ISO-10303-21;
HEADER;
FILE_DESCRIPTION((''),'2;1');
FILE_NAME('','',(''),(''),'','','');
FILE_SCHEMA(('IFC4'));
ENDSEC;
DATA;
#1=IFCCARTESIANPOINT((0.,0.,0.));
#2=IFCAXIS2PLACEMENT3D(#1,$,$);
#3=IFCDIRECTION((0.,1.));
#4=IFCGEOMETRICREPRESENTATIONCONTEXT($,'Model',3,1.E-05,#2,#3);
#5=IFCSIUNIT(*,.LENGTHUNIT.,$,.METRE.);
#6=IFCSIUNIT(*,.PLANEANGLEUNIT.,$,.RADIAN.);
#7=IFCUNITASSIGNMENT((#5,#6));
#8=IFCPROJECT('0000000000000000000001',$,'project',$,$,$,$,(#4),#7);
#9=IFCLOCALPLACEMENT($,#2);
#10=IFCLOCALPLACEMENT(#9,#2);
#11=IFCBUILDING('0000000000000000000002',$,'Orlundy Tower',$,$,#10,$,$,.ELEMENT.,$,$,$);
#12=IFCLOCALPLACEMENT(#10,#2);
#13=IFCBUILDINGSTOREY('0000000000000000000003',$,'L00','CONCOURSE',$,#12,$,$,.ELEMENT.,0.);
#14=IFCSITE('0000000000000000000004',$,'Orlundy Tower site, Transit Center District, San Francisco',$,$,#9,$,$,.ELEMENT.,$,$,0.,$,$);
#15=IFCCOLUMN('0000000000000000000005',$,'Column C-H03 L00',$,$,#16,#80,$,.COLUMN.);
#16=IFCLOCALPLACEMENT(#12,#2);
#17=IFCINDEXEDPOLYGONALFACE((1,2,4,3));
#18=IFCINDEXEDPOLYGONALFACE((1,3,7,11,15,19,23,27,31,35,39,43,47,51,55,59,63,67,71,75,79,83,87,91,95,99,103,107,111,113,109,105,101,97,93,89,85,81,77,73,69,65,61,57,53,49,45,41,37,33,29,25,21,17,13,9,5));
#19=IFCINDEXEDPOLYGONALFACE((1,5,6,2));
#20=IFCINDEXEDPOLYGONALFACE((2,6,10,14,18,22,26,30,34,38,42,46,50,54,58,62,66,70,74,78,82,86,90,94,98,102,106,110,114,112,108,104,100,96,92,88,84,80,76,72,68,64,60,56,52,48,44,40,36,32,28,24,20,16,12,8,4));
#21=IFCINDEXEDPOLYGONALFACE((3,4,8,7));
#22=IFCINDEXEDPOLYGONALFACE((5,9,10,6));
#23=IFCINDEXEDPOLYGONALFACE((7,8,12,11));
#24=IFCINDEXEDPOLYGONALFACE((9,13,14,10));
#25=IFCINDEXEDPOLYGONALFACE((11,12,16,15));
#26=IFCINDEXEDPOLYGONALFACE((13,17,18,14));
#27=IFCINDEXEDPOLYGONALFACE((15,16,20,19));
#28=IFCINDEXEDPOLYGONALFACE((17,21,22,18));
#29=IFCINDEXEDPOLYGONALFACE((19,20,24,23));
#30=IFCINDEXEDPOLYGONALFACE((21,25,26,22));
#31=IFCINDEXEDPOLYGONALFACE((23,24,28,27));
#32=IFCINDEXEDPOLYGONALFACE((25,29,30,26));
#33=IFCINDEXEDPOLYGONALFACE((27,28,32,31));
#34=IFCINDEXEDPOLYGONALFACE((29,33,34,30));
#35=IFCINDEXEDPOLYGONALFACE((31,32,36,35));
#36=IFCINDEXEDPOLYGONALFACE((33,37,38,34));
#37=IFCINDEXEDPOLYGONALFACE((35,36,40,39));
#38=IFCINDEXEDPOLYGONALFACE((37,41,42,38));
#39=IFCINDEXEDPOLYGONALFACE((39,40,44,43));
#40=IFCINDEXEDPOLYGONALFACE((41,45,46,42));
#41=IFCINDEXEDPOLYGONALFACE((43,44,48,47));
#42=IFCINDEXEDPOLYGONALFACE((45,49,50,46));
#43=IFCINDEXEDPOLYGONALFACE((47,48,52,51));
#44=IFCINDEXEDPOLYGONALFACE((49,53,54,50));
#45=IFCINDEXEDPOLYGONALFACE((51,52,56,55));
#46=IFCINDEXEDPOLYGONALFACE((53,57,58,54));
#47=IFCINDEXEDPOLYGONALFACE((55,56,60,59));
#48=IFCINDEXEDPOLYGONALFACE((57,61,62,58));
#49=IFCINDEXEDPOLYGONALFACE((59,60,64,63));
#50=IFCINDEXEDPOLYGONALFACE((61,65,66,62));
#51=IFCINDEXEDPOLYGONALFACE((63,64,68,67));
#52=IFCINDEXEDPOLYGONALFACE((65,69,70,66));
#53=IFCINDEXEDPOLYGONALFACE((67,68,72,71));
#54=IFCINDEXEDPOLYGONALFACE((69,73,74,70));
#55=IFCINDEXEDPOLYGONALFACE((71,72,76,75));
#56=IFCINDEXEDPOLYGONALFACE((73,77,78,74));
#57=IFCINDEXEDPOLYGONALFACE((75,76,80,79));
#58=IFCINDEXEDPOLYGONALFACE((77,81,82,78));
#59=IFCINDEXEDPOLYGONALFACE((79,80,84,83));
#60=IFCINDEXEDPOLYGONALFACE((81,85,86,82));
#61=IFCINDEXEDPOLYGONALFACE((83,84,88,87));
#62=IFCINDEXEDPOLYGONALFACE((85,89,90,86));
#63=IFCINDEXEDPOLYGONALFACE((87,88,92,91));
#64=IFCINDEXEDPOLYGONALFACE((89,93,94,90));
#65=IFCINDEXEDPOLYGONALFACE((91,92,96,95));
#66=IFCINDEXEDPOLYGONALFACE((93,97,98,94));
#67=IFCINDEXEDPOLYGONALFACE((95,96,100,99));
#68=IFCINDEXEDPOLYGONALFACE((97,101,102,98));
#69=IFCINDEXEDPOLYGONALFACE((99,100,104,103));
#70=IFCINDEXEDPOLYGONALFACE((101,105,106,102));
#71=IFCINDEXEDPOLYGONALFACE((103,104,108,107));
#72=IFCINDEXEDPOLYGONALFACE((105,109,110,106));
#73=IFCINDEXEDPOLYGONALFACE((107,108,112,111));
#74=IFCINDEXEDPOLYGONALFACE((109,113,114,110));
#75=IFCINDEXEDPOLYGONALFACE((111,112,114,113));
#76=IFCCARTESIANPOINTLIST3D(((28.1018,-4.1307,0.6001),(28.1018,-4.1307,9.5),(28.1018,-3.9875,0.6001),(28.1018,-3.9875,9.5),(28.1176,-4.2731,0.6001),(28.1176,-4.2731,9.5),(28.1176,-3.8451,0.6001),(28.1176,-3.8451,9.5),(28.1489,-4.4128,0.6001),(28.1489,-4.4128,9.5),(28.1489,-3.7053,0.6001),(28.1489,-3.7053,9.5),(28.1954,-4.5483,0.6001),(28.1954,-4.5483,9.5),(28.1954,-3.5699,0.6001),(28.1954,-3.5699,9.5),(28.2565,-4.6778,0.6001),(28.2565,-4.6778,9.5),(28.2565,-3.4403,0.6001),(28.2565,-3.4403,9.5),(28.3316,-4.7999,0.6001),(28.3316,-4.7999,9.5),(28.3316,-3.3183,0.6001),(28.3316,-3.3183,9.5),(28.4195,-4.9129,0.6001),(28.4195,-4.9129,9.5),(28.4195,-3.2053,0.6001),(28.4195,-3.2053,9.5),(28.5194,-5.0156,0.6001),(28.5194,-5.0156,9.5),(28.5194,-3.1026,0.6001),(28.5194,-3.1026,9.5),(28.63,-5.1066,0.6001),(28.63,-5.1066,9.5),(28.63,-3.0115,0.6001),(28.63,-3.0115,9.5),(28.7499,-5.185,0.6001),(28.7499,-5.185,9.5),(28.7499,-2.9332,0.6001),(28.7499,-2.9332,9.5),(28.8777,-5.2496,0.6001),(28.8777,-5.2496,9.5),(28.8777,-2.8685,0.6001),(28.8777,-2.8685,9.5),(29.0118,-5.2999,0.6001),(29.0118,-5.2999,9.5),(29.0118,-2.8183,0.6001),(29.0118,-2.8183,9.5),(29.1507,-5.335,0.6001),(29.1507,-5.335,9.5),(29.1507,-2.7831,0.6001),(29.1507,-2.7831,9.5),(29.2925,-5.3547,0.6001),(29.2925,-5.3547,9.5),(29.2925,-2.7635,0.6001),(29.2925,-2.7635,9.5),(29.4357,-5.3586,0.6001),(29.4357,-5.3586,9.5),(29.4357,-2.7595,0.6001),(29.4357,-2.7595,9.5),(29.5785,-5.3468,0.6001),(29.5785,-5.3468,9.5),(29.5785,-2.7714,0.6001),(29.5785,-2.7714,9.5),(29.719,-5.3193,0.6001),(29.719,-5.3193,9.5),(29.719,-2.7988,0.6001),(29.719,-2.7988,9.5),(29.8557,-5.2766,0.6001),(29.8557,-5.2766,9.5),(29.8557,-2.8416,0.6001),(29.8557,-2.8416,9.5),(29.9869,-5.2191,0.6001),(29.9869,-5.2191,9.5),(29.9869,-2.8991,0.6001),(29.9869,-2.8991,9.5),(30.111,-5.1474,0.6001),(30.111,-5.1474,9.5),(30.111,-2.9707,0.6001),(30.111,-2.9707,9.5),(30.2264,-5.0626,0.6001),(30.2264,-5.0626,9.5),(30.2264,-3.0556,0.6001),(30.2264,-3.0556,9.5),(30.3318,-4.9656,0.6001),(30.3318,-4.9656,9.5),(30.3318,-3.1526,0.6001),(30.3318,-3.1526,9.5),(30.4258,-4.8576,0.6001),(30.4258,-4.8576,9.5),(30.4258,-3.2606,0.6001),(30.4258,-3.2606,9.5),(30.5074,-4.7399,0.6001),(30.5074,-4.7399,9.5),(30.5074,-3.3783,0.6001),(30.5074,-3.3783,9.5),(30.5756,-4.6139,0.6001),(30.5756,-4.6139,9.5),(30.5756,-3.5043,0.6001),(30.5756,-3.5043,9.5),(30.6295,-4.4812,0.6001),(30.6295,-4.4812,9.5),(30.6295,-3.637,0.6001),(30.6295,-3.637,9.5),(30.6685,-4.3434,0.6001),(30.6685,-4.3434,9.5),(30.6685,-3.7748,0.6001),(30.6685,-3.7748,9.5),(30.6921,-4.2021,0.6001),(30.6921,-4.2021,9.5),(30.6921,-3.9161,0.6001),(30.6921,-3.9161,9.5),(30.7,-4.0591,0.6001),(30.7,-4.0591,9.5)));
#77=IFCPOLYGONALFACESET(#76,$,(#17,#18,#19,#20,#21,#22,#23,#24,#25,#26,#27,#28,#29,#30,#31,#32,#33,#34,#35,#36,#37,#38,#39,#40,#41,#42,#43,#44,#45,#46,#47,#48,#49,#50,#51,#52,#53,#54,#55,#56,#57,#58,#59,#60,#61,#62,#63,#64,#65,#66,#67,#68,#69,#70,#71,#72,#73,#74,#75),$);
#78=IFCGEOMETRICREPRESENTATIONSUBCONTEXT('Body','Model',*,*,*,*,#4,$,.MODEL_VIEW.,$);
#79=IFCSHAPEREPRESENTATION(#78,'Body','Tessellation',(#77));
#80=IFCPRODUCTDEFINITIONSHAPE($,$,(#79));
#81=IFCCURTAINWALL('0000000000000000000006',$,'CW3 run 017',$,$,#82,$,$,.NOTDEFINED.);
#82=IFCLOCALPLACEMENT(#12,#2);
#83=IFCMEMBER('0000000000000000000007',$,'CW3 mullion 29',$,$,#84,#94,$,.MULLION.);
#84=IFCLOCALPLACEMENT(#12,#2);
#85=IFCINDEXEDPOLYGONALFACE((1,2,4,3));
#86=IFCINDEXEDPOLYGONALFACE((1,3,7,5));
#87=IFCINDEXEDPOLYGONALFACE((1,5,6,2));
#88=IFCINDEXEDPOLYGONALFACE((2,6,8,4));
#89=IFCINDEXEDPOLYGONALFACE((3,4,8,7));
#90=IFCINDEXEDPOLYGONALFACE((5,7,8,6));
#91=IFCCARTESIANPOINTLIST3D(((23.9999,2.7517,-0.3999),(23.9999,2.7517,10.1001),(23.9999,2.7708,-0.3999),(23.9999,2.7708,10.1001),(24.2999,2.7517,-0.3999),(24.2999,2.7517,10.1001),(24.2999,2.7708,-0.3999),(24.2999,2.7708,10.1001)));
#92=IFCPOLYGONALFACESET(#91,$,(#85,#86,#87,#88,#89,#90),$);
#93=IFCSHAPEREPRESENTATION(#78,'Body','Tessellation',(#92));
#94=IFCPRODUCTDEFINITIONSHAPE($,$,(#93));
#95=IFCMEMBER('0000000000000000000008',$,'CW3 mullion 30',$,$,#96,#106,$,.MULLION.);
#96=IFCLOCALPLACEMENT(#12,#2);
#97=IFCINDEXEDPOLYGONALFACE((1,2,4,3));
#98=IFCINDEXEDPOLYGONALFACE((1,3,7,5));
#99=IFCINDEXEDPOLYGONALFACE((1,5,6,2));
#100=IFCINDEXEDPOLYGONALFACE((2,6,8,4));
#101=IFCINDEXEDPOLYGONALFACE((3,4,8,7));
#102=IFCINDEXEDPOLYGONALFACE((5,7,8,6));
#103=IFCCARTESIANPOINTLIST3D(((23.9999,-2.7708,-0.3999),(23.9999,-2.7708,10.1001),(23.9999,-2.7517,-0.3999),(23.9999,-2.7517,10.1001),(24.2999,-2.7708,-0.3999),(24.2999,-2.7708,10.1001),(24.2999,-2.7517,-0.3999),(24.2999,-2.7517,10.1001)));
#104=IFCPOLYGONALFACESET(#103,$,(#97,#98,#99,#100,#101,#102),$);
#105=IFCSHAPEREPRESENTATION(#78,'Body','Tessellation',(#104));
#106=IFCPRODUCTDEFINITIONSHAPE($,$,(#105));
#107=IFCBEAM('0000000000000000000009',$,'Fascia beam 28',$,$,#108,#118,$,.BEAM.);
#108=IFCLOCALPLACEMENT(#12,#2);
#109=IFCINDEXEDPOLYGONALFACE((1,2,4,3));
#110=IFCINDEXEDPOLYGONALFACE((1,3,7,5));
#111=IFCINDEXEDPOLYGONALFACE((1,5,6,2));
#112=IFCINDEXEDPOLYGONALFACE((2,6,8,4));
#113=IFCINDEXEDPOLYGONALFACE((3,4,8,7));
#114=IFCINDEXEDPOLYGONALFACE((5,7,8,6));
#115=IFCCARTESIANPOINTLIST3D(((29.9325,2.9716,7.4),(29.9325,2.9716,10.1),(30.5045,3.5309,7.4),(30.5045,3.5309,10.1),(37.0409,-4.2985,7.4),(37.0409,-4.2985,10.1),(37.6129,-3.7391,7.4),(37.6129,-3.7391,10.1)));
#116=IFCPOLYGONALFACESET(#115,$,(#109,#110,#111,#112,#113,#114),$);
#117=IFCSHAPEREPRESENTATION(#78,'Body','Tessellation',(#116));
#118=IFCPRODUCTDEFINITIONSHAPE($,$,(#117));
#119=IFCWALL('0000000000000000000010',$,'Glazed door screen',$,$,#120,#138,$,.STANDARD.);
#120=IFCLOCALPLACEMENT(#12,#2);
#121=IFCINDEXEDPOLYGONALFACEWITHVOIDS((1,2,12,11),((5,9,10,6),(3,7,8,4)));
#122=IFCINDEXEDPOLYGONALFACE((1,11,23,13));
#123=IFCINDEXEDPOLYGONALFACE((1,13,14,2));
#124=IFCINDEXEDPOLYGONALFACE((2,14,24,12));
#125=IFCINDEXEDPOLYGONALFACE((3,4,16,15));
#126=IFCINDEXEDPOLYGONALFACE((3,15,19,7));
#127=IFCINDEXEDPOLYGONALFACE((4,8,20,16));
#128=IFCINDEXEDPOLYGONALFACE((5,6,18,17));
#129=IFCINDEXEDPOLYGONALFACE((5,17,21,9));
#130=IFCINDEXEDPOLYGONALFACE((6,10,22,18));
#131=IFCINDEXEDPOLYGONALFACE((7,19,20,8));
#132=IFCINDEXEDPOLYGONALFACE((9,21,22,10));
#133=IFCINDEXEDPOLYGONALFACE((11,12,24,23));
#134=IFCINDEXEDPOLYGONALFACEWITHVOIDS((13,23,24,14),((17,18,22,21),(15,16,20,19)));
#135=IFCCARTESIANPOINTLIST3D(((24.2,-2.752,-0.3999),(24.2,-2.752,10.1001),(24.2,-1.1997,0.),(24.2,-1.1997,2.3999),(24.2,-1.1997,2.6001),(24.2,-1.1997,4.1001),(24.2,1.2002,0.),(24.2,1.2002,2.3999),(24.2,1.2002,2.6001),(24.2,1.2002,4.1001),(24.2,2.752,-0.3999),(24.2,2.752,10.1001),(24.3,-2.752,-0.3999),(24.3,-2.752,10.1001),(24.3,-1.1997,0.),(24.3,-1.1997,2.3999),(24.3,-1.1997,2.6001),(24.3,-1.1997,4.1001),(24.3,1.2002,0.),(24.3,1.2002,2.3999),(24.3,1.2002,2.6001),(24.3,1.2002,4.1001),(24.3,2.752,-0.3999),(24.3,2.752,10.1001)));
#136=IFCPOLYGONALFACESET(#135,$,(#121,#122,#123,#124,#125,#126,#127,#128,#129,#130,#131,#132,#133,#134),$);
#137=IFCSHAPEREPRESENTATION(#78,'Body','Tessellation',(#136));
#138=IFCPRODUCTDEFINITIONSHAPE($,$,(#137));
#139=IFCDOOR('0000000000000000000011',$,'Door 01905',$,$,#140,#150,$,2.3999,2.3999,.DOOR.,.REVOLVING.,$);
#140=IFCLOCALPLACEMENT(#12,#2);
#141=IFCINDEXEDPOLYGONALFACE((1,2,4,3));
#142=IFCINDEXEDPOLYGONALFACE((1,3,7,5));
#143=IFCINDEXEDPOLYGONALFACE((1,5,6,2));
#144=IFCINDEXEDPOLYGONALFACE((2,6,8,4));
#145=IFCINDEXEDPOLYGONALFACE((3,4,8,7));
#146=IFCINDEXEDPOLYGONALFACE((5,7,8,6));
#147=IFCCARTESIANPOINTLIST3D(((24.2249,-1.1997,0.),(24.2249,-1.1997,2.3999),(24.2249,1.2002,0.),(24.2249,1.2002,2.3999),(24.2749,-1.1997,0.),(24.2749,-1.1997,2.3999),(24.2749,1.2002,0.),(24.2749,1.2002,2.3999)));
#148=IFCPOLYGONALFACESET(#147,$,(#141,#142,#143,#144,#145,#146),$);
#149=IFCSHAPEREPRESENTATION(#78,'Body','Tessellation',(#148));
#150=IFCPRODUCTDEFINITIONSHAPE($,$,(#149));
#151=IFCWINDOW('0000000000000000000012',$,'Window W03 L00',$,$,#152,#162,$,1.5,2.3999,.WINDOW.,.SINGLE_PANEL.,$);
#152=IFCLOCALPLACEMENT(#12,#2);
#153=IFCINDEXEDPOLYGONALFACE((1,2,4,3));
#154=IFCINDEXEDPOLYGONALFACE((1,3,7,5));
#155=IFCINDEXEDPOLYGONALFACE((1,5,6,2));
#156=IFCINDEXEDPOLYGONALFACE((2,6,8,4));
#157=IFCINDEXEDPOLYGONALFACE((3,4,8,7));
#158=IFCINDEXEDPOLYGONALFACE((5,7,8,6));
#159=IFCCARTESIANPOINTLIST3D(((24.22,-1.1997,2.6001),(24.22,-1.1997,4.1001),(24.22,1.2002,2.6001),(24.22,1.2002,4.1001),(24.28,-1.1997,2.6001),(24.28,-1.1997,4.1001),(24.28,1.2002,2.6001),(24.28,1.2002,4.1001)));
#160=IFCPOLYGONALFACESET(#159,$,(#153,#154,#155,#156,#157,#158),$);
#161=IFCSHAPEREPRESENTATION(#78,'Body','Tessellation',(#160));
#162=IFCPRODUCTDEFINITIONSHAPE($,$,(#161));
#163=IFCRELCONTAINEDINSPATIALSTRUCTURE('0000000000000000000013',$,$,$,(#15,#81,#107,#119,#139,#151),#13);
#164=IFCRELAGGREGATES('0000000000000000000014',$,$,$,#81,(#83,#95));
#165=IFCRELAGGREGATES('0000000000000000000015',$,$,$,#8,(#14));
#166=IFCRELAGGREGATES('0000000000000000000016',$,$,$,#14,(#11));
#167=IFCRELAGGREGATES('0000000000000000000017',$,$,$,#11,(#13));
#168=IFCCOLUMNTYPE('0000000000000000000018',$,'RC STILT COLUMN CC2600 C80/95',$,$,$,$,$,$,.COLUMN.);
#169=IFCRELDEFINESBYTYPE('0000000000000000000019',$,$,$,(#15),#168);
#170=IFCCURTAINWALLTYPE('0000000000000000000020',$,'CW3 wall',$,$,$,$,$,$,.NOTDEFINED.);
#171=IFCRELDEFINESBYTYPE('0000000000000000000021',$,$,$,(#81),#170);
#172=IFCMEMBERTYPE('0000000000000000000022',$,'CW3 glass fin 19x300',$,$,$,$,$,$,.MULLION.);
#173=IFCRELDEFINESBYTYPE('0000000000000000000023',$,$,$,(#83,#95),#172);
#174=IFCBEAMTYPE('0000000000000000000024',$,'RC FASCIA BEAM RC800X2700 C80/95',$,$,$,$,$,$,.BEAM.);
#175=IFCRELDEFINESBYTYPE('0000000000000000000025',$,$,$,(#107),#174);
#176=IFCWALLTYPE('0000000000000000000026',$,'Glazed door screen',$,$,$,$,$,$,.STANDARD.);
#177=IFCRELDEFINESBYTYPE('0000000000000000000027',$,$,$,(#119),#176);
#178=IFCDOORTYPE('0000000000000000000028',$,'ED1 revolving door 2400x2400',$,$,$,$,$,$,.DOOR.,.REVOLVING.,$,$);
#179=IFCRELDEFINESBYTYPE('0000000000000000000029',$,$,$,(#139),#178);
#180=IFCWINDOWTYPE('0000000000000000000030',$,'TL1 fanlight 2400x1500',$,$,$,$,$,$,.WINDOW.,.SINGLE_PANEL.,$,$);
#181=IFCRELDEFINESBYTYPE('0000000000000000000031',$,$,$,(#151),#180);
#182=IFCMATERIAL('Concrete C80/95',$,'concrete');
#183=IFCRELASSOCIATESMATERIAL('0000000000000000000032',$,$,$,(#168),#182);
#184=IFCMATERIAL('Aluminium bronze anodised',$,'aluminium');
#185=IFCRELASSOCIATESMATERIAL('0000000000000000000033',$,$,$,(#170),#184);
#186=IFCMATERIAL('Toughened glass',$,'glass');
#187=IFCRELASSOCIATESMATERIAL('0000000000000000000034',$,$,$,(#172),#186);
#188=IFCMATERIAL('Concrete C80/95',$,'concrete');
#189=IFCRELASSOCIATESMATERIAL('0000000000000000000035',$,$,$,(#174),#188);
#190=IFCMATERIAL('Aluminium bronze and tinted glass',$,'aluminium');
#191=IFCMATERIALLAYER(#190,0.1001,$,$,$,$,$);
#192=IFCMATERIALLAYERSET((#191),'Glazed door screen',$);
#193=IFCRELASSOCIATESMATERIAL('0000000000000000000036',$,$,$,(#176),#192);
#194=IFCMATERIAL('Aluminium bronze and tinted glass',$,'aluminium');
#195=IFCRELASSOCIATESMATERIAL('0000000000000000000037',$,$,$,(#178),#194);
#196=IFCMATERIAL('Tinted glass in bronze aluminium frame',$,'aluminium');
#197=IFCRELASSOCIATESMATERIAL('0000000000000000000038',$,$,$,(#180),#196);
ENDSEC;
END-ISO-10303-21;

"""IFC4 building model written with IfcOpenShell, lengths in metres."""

from ifc_helpers import new_model, si_unit, direction, frame, frame_2d, origin, origin_2d, place, context, subcontext, project, spatial, rectangle, circle, extrude, material, layer, layer_set, material_profile, profile_set, type_object, element, fill, aggregate, save


model = new_model("IFC4")

# Units and contexts
model_context = context("Model", 3, precision=1e-05, world=origin(), true_north=direction((0.0, 1.0)))
body_context = subcontext(model_context, "Body", "Model", "MODEL_VIEW")
ifc_project = project(units=[si_unit("LENGTHUNIT", "METRE"), si_unit("PLANEANGLEUNIT", "RADIAN")], contexts=[model_context])

# Site, building, storey
site_placement = place(None, origin())
site = spatial("IfcSite", under=ifc_project, at=site_placement, Name="Orlundy Tower site, Transit Center District, San Francisco", CompositionType="ELEMENT", RefElevation=0.0)
building_placement = place(site_placement, origin())
building = spatial("IfcBuilding", under=site, at=building_placement, Name="Orlundy Tower", CompositionType="ELEMENT")
storey_placement = place(building_placement, origin())
storey = spatial("IfcBuildingStorey", under=building, at=storey_placement, Name="L00", Description="CONCOURSE", CompositionType="ELEMENT", Elevation=0.0)

# Column
ifc_material_1 = material(Name="Concrete C80/95", Category="concrete")
ifc_material_profile_1 = material_profile(ifc_material_1, circle(Radius=1.3, at=origin_2d()), Name="CC2600")
ifc_profile_set_1 = profile_set([ifc_material_profile_1], Name="Concrete C80/95")
column_type = type_object("IfcColumnType", Name="RC STILT COLUMN CC2600 C80/95", PredefinedType="COLUMN", material=ifc_profile_set_1)
for number, where, z_axis, x_axis, name in (
    (1, (29.3999, -4.0591, 0.6001), (0.0, 0.0, 1.0), (1.0, 0.0, 0.0), "Column C-H03 L00"),
):
    element("IfcColumn", number, at=place(storey_placement, frame(where, z_axis=z_axis, x_axis=x_axis)), inside=storey, type_object=column_type, Name=name, PredefinedType="COLUMN", context=body_context, shape_type="SweptSolid", body=[
        extrude(circle(Radius=1.3, at=origin_2d()), origin(), (0.0, 0.0, 1.0), 8.8999),
    ])

# Curtain wall, members
ifc_material_2 = material(Name="Aluminium bronze anodised", Category="aluminium")
curtain_wall_type = type_object("IfcCurtainWallType", Name="CW3 wall", PredefinedType="NOTDEFINED", material=ifc_material_2)
curtain_wall_placement = place(storey_placement, origin())
curtain_wall = element("IfcCurtainWall", 2, at=curtain_wall_placement, inside=storey, type_object=curtain_wall_type, Name="CW3 run 017", PredefinedType="NOTDEFINED")
ifc_material_3 = material(Name="Toughened glass", Category="glass")
ifc_material_profile_2 = material_profile(ifc_material_3, rectangle(XDim=0.3, YDim=0.019, at=origin_2d()), Name="CW3 glass fin 19x300")
ifc_profile_set_2 = profile_set([ifc_material_profile_2], Name="Toughened glass")
member_type = type_object("IfcMemberType", Name="CW3 glass fin 19x300", PredefinedType="MULLION", material=ifc_profile_set_2)
member_1_placement = place(storey_placement, frame((24.1499, 2.7612, -0.3999), z_axis=(0.0, 0.0, 1.0), x_axis=(1.0, 0.0, 0.0)))
member_1 = element("IfcMember", 3, at=member_1_placement, type_object=member_type, Name="CW3 mullion 29", PredefinedType="MULLION", context=body_context, shape_type="SweptSolid", body=[
    extrude(rectangle(XDim=0.3, YDim=0.019, at=origin_2d()), origin(), (0.0, 0.0, 1.0), 10.5),
])
member_2_placement = place(storey_placement, frame((24.1499, -2.7612, -0.3999), z_axis=(0.0, 0.0, 1.0), x_axis=(1.0, 0.0, 0.0)))
member_2 = element("IfcMember", 4, at=member_2_placement, type_object=member_type, Name="CW3 mullion 30", PredefinedType="MULLION", context=body_context, shape_type="SweptSolid", body=[
    extrude(rectangle(XDim=0.3, YDim=0.019, at=origin_2d()), origin(), (0.0, 0.0, 1.0), 10.5),
])
aggregate(curtain_wall, [member_1, member_2])

# Beam
ifc_material_4 = material(Name="Concrete C80/95", Category="concrete")
ifc_material_profile_3 = material_profile(ifc_material_4, rectangle(XDim=0.8, YDim=2.7, at=origin_2d()), Name="RC800X2700")
ifc_profile_set_3 = profile_set([ifc_material_profile_3], Name="Concrete C80/95")
beam_type = type_object("IfcBeamType", Name="RC FASCIA BEAM RC800X2700 C80/95", PredefinedType="BEAM", material=ifc_profile_set_3)
beam_placement = place(storey_placement, frame((30.2185, 3.2512, 8.75), z_axis=(0.699114, -0.71501, 0.0), x_axis=(0.71501, 0.699114, 0.0)))
element("IfcBeam", 5, at=beam_placement, inside=storey, type_object=beam_type, Name="Fascia beam 28", PredefinedType="BEAM", context=body_context, shape_type="SweptSolid", body=[
    extrude(rectangle(XDim=0.8, YDim=2.7, at=origin_2d()), origin(), (0.0, 0.0, 1.0), 10.1677),
])

# Wall, openings, door, window
ifc_material_5 = material(Name="Aluminium bronze and tinted glass", Category="aluminium")
ifc_layer = layer(ifc_material_5, 0.1001)
ifc_layer_set = layer_set([ifc_layer], Name="Glazed door screen")
wall_type = type_object("IfcWallType", Name="Glazed door screen", PredefinedType="STANDARD", material=ifc_layer_set)
wall_1_placement = place(storey_placement, frame((24.25, 2.752, -0.3999), z_axis=(0.0, 0.0, 1.0), x_axis=(0.0, -1.0, 0.0)))
wall_1 = element("IfcWall", 6, at=wall_1_placement, inside=storey, type_object=wall_type, Name="Glazed door screen", PredefinedType="STANDARD", context=body_context, shape_type="SweptSolid", body=[
    extrude(rectangle(XDim=5.5039, YDim=0.1001, at=frame_2d((2.752, 0.0))), origin(), (0.0, 0.0, 1.0), 10.5),
])
opening_1_placement = place(wall_1_placement, frame((1.5518, 0.0, 0.3999)))
opening_1 = element("IfcOpeningElement", 7, at=opening_1_placement, cuts=wall_1, PredefinedType="OPENING", context=body_context, shape_type="SweptSolid", body=[
    extrude(rectangle(XDim=2.3999, YDim=2.3999, at=frame_2d((1.2, 1.2))), frame((0.0, 0.0601, 0.0), z_axis=(0.0, -1.0, 0.0), x_axis=(1.0, 0.0, 0.0)), (0.0, 0.0, 1.0), 0.1201),
])
opening_2_placement = place(wall_1_placement, frame((1.5518, 0.0, 3.0)))
opening_2 = element("IfcOpeningElement", 8, at=opening_2_placement, cuts=wall_1, PredefinedType="OPENING", context=body_context, shape_type="SweptSolid", body=[
    extrude(rectangle(XDim=2.3999, YDim=1.5, at=frame_2d((1.2, 0.75))), frame((0.0, 0.0601, 0.0), z_axis=(0.0, -1.0, 0.0), x_axis=(1.0, 0.0, 0.0)), (0.0, 0.0, 1.0), 0.1201),
])
ifc_material_6 = material(Name="Aluminium bronze and tinted glass", Category="aluminium")
door_type_1 = type_object("IfcDoorType", Name="ED1 revolving door 2400x2400", OperationType="REVOLVING", PredefinedType="DOOR", material=ifc_material_6)
door_1_placement = place(opening_1_placement, origin())
door_1 = element("IfcDoor", 9, at=door_1_placement, inside=storey, type_object=door_type_1, Name="Door 01905", OperationType="REVOLVING", OverallHeight=2.3999, OverallWidth=2.3999, PredefinedType="DOOR", context=body_context, shape_type="SweptSolid", body=[
    extrude(rectangle(XDim=2.3999, YDim=2.3999, at=frame_2d((1.2, 1.2))), frame((0.0, 0.0249, 0.0), z_axis=(0.0, -1.0, 0.0), x_axis=(1.0, 0.0, 0.0)), (0.0, 0.0, 1.0), 0.05),
])
fill(opening_1, door_1)
ifc_material_7 = material(Name="Tinted glass in bronze aluminium frame", Category="aluminium")
window_type_1 = type_object("IfcWindowType", Name="TL1 fanlight 2400x1500", PartitioningType="SINGLE_PANEL", PredefinedType="WINDOW", material=ifc_material_7)
window_1_placement = place(opening_2_placement, origin())
window_1 = element("IfcWindow", 10, at=window_1_placement, inside=storey, type_object=window_type_1, Name="Window W03 L00", OverallHeight=1.5, OverallWidth=2.3999, PartitioningType="SINGLE_PANEL", PredefinedType="WINDOW", context=body_context, shape_type="SweptSolid", body=[
    extrude(rectangle(XDim=2.3999, YDim=1.5, at=frame_2d((1.2, 0.75))), frame((0.0, 0.03, 0.0), z_axis=(0.0, -1.0, 0.0), x_axis=(1.0, 0.0, 0.0)), (0.0, 0.0, 1.0), 0.0601),
])
fill(opening_2, window_1)

save(model, "model.ifc")
